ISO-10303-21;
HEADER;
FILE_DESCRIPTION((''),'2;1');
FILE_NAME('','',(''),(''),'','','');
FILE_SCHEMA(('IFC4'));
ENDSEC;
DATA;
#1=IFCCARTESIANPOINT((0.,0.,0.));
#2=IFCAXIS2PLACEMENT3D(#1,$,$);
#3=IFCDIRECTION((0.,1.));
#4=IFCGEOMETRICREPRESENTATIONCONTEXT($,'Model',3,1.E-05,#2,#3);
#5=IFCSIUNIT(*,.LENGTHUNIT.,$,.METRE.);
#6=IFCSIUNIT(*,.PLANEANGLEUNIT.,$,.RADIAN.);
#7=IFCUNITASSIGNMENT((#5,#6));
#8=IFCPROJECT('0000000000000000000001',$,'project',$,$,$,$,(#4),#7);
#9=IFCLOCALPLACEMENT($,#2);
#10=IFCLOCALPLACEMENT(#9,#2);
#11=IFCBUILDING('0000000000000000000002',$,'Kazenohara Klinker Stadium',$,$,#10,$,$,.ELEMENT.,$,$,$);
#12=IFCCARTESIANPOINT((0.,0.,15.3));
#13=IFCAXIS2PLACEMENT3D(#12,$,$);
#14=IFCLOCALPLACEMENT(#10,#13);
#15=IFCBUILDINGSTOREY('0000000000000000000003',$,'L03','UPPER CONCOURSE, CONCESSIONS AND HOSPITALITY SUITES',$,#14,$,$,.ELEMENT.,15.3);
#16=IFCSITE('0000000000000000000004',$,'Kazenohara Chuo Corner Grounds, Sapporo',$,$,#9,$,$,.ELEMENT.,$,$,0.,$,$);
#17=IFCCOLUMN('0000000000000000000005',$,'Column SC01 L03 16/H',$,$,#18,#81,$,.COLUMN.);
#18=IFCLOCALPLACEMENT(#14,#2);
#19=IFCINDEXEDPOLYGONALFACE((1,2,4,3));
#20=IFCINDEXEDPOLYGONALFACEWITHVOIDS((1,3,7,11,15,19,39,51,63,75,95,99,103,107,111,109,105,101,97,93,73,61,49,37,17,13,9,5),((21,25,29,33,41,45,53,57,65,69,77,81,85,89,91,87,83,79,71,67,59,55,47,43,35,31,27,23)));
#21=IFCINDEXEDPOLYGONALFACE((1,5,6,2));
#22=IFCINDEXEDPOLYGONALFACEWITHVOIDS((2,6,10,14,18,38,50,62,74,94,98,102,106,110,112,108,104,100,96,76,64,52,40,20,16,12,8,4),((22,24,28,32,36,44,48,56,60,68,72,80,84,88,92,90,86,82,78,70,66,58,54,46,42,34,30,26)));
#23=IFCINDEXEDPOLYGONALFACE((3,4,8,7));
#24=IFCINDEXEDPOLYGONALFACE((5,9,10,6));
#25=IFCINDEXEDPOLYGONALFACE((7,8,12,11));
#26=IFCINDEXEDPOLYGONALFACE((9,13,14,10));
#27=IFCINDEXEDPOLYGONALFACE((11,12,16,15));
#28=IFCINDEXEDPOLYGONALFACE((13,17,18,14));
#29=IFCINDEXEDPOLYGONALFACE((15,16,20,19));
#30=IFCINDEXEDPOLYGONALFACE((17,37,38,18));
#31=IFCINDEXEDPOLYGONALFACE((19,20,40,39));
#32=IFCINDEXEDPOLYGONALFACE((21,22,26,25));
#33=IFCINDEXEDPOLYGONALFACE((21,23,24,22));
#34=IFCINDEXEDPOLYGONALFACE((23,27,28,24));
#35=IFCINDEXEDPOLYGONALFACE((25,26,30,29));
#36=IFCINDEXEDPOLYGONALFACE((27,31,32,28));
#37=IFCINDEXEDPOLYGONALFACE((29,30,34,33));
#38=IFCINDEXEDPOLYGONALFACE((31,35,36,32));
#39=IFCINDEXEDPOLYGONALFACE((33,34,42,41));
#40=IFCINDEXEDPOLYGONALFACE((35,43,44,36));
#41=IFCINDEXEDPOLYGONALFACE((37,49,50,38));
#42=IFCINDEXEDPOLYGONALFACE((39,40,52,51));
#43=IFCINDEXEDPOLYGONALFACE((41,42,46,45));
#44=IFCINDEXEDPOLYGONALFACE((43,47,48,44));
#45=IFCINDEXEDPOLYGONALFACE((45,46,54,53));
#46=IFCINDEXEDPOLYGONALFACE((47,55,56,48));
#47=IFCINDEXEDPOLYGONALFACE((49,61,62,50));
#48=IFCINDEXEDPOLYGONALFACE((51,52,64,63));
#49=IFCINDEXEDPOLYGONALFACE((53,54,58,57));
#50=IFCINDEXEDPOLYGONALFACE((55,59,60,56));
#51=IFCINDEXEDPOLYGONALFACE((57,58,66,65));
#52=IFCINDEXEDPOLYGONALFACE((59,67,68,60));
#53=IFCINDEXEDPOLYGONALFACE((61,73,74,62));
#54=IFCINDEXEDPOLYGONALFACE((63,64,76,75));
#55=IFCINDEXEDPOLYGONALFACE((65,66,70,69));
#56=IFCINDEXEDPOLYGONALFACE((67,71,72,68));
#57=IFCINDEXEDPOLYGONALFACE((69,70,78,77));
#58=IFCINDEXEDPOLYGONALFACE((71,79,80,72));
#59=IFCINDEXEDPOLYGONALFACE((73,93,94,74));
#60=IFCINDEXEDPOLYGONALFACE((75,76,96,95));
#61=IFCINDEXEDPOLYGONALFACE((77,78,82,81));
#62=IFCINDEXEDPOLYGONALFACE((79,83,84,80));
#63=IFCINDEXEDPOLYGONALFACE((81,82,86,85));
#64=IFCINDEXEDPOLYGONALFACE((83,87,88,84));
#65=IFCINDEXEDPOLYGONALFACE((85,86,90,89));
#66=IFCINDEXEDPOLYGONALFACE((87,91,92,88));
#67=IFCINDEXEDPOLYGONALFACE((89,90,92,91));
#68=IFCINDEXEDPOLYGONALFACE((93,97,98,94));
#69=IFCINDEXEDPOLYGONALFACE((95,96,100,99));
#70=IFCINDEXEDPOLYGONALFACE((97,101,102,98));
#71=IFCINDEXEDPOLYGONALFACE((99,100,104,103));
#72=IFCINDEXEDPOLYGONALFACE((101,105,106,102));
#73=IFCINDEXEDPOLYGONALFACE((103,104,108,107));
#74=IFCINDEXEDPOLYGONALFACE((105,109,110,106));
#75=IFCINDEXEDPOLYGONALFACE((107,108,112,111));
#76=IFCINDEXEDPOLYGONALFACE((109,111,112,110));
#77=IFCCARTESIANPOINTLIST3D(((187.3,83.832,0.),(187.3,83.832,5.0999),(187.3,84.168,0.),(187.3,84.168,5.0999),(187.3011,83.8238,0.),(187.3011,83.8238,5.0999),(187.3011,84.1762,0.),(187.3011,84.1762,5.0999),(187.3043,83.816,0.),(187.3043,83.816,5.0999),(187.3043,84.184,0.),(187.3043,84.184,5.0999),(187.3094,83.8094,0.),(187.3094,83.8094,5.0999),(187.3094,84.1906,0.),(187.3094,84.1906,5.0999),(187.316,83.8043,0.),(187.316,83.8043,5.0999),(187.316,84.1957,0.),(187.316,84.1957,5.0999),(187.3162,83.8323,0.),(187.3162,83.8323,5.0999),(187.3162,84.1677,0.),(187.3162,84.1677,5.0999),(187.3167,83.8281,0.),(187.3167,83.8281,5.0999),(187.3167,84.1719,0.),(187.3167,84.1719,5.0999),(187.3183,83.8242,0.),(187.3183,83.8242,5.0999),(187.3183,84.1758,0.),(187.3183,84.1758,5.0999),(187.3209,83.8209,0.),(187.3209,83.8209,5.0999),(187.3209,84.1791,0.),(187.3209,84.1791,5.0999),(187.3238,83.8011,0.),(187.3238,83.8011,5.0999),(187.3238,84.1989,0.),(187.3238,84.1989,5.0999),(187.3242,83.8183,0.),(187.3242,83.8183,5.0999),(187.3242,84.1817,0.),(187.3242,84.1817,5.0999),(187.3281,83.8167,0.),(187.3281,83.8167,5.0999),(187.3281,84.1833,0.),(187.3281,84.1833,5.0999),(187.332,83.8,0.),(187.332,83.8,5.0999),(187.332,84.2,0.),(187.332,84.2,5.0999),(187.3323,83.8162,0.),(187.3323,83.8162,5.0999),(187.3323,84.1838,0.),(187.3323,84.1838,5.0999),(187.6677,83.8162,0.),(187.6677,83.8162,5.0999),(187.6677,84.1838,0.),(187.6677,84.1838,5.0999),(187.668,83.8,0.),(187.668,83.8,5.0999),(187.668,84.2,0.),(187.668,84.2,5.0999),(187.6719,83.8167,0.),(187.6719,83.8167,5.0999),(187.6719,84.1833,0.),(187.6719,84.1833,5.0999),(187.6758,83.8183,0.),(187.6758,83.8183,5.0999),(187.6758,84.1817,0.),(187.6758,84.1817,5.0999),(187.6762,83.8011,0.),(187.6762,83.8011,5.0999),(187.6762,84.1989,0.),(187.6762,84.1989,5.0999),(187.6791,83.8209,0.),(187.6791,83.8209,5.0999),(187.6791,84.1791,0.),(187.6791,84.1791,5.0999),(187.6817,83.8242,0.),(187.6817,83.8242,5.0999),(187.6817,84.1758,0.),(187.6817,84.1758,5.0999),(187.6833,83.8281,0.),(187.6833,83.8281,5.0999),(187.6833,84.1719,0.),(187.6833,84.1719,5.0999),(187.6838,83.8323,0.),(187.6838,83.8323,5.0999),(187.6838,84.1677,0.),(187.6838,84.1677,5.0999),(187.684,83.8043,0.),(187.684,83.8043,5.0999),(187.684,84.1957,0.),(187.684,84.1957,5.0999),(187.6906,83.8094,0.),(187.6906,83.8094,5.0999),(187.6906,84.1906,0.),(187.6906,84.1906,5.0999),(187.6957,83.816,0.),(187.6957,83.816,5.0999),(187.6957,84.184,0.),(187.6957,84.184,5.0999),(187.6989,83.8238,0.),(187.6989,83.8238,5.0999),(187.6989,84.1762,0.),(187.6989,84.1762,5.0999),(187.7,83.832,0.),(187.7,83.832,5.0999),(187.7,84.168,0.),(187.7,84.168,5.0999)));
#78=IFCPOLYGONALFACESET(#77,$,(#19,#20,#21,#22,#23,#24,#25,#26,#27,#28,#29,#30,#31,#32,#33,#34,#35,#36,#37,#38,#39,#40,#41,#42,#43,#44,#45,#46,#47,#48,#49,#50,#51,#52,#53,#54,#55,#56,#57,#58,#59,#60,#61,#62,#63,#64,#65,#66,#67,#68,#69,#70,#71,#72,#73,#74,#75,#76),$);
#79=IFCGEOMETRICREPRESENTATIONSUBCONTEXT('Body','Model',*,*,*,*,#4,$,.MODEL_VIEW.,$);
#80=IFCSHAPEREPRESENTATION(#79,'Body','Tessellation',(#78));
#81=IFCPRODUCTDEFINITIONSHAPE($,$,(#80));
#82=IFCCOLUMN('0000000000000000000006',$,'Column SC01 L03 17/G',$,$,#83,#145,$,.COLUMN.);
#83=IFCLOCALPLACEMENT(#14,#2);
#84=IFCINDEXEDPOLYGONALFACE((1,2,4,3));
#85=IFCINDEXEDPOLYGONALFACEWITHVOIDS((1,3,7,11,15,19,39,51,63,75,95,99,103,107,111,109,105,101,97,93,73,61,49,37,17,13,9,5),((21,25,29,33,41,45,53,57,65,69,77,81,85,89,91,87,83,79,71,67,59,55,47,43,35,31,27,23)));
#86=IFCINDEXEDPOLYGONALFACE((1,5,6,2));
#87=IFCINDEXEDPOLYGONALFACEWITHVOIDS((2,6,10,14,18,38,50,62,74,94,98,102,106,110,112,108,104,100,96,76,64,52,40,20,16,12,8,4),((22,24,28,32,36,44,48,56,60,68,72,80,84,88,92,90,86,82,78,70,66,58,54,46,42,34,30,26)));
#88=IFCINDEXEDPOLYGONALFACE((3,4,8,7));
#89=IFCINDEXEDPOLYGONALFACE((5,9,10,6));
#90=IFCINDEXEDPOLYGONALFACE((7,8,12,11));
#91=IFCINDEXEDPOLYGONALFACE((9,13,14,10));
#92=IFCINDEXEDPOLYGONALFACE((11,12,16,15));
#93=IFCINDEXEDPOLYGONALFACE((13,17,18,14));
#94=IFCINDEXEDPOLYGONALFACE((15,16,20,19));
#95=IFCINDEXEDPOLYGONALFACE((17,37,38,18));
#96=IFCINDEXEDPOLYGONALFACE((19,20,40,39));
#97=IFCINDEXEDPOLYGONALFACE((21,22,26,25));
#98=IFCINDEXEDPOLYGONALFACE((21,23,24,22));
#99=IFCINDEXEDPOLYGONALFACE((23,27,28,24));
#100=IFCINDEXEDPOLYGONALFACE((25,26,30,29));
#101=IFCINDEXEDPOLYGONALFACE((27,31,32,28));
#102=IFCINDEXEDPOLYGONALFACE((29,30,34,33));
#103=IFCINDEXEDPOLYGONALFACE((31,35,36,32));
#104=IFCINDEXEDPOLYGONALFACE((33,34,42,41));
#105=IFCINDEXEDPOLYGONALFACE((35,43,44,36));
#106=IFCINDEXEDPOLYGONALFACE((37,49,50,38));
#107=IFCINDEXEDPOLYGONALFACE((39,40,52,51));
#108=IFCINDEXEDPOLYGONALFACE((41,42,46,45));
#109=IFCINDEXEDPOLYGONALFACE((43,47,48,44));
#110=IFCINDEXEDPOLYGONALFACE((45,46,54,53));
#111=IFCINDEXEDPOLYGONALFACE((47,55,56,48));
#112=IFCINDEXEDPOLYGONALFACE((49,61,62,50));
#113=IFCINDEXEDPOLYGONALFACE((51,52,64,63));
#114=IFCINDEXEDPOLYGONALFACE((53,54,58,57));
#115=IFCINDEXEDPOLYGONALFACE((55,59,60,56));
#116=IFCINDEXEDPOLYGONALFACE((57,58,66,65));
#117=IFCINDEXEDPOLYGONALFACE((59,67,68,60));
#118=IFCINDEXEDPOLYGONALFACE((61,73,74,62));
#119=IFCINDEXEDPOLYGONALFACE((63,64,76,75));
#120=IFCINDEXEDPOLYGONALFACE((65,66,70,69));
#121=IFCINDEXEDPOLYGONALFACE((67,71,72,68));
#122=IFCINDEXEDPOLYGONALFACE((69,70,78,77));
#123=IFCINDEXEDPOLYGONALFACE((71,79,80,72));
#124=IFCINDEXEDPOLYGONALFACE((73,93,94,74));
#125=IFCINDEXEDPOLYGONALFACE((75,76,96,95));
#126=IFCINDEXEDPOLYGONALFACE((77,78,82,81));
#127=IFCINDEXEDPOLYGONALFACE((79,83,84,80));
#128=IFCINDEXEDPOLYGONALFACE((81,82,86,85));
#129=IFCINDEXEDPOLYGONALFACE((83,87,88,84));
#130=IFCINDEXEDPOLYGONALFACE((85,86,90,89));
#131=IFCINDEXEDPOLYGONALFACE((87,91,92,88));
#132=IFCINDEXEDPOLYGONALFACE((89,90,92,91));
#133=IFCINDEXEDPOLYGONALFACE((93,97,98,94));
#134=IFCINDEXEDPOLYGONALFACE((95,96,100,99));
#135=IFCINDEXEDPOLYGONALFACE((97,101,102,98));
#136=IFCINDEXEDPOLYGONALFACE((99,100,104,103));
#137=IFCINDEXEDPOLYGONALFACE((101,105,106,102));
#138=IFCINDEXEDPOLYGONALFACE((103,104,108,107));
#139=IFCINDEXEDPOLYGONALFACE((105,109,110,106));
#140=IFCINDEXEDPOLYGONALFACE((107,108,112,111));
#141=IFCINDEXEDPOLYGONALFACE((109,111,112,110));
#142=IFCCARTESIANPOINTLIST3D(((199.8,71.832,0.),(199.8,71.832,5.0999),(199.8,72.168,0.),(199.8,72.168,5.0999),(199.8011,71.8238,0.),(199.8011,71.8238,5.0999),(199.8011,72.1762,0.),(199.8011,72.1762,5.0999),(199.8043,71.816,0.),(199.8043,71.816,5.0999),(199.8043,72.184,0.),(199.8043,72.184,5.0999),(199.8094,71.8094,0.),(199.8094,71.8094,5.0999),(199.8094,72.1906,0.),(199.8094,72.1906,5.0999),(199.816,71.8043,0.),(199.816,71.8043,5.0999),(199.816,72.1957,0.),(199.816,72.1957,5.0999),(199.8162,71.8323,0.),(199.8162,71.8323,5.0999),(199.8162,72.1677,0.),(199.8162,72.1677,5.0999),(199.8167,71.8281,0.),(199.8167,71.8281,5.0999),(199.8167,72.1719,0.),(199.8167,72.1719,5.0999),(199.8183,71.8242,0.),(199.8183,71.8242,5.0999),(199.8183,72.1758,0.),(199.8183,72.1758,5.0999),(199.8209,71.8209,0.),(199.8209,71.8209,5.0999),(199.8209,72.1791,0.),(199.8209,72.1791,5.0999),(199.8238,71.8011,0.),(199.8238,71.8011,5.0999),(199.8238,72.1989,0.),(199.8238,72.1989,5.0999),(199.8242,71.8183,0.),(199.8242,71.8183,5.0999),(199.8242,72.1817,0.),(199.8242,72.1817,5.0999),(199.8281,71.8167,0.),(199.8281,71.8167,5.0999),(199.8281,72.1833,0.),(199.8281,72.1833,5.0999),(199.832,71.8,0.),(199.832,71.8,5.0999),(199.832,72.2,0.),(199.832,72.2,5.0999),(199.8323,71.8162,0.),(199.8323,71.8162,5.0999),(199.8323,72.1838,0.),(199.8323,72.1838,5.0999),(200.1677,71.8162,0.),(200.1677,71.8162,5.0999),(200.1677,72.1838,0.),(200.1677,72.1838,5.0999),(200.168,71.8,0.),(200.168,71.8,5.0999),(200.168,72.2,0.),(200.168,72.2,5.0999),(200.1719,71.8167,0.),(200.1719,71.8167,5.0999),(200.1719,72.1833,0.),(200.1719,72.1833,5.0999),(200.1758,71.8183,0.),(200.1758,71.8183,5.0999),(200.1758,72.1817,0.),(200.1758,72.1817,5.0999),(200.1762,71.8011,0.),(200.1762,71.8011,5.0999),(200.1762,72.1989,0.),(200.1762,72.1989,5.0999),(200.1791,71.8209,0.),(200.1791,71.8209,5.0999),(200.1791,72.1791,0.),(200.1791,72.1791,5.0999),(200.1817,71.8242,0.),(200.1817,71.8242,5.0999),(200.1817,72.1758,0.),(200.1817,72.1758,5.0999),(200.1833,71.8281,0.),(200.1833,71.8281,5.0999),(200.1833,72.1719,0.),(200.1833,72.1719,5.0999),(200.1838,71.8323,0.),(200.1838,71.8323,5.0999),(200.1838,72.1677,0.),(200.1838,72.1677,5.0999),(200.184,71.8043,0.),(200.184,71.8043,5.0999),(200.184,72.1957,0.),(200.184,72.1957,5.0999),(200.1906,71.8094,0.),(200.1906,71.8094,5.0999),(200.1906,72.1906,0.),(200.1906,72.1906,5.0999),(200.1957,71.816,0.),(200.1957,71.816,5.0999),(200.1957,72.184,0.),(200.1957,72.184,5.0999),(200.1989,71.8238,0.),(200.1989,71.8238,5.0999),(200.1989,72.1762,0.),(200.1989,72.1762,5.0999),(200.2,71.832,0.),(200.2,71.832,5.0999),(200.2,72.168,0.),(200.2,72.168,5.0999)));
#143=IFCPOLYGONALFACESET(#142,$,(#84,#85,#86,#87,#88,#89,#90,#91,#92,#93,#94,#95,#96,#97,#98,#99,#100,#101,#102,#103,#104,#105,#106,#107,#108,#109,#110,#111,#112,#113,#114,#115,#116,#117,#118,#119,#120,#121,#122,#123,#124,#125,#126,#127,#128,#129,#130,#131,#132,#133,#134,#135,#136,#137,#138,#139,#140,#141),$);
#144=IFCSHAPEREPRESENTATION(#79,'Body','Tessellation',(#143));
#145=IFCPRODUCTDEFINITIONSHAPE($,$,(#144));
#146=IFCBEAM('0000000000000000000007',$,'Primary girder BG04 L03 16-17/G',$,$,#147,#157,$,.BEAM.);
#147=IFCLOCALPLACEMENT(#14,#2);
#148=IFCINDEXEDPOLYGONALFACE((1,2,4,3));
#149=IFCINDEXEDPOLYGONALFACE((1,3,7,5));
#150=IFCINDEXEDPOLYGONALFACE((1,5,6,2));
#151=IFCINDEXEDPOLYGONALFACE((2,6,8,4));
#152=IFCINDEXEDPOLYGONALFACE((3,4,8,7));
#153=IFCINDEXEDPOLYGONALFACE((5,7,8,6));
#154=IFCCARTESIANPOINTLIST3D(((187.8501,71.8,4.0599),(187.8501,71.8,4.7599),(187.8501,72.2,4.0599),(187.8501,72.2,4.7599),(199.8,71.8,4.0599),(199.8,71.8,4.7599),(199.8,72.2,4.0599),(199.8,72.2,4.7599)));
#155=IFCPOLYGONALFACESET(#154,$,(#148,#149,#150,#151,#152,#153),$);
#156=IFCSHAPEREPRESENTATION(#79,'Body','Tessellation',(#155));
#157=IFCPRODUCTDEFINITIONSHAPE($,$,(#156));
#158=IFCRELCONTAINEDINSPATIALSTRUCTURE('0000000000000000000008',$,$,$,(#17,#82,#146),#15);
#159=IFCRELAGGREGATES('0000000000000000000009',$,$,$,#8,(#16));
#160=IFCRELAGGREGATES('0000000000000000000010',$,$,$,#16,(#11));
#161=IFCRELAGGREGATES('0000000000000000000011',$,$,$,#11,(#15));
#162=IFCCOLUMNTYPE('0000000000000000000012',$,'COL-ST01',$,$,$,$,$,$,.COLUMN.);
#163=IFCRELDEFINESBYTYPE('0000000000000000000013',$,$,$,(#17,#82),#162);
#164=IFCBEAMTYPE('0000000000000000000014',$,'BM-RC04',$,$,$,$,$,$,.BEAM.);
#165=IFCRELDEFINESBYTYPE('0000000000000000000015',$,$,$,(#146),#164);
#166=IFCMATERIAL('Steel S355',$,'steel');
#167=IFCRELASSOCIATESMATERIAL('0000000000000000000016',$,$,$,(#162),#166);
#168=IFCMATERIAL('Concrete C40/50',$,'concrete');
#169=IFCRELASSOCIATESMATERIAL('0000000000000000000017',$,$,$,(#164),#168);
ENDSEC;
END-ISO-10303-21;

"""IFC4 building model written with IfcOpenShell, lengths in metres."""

from ifc_helpers import new_model, si_unit, direction, frame, origin, origin_2d, place, context, subcontext, project, spatial, rectangle, hollow_rectangle, extrude, material, material_profile, profile_set, type_object, element, save


model = new_model("IFC4")

# Units and contexts
model_context = context("Model", 3, precision=1e-05, world=origin(), true_north=direction((0.0, 1.0)))
body_context = subcontext(model_context, "Body", "Model", "MODEL_VIEW")
ifc_project = project(units=[si_unit("LENGTHUNIT", "METRE"), si_unit("PLANEANGLEUNIT", "RADIAN")], contexts=[model_context])

# Site, building, storey
site_placement = place(None, origin())
site = spatial("IfcSite", under=ifc_project, at=site_placement, Name="Kazenohara Chuo Corner Grounds, Sapporo", CompositionType="ELEMENT", RefElevation=0.0)
building_placement = place(site_placement, origin())
building = spatial("IfcBuilding", under=site, at=building_placement, Name="Kazenohara Klinker Stadium", CompositionType="ELEMENT")
storey_placement = place(building_placement, frame((0.0, 0.0, 15.3)))
storey = spatial("IfcBuildingStorey", under=building, at=storey_placement, Name="L03", Description="UPPER CONCOURSE, CONCESSIONS AND HOSPITALITY SUITES", CompositionType="ELEMENT", Elevation=15.3)

# Columns
ifc_material_1 = material(Name="Steel S355", Category="steel")
ifc_material_profile_1 = material_profile(ifc_material_1, hollow_rectangle(XDim=0.3999, YDim=0.3999, WallThickness=0.0161, InnerFilletRadius=0.0161, OuterFilletRadius=0.032, at=origin_2d()), Name="SHS-400x400x16")
ifc_profile_set_1 = profile_set([ifc_material_profile_1], Name="Steel S355")
column_type = type_object("IfcColumnType", Name="COL-ST01", PredefinedType="COLUMN", material=ifc_profile_set_1)
for number, where, z_axis, x_axis, name in (
    (1, (187.5, 84.0, 0.0), (0.0, 0.0, 1.0), (1.0, 0.0, 0.0), "Column SC01 L03 16/H"),
    (2, (200.0, 72.0, 0.0), (0.0, 0.0, 1.0), (1.0, 0.0, 0.0), "Column SC01 L03 17/G"),
):
    element("IfcColumn", number, at=place(storey_placement, frame(where, z_axis=z_axis, x_axis=x_axis)), inside=storey, type_object=column_type, Name=name, PredefinedType="COLUMN", context=body_context, shape_type="SweptSolid", body=[
        extrude(hollow_rectangle(XDim=0.3999, YDim=0.3999, WallThickness=0.0161, InnerFilletRadius=0.0161, OuterFilletRadius=0.032, at=origin_2d()), origin(), (0.0, 0.0, 1.0), 5.0999),
    ])

# Beam
ifc_material_2 = material(Name="Concrete C40/50", Category="concrete")
ifc_material_profile_2 = material_profile(ifc_material_2, rectangle(XDim=0.3999, YDim=0.7, at=origin_2d()), Name="RC-BM-400x700")
ifc_profile_set_2 = profile_set([ifc_material_profile_2], Name="Concrete C40/50")
beam_type_1 = type_object("IfcBeamType", Name="BM-RC04", PredefinedType="BEAM", material=ifc_profile_set_2)
beam_1_placement = place(storey_placement, frame((187.8501, 72.0, 4.4099), z_axis=(1.0, 0.0, 0.0), x_axis=(0.0, 1.0, 0.0)))
element("IfcBeam", 3, at=beam_1_placement, inside=storey, type_object=beam_type_1, Name="Primary girder BG04 L03 16-17/G", PredefinedType="BEAM", context=body_context, shape_type="SweptSolid", body=[
    extrude(rectangle(XDim=0.3999, YDim=0.7, at=origin_2d()), origin(), (0.0, 0.0, 1.0), 11.95),
])

save(model, "model.ifc")
